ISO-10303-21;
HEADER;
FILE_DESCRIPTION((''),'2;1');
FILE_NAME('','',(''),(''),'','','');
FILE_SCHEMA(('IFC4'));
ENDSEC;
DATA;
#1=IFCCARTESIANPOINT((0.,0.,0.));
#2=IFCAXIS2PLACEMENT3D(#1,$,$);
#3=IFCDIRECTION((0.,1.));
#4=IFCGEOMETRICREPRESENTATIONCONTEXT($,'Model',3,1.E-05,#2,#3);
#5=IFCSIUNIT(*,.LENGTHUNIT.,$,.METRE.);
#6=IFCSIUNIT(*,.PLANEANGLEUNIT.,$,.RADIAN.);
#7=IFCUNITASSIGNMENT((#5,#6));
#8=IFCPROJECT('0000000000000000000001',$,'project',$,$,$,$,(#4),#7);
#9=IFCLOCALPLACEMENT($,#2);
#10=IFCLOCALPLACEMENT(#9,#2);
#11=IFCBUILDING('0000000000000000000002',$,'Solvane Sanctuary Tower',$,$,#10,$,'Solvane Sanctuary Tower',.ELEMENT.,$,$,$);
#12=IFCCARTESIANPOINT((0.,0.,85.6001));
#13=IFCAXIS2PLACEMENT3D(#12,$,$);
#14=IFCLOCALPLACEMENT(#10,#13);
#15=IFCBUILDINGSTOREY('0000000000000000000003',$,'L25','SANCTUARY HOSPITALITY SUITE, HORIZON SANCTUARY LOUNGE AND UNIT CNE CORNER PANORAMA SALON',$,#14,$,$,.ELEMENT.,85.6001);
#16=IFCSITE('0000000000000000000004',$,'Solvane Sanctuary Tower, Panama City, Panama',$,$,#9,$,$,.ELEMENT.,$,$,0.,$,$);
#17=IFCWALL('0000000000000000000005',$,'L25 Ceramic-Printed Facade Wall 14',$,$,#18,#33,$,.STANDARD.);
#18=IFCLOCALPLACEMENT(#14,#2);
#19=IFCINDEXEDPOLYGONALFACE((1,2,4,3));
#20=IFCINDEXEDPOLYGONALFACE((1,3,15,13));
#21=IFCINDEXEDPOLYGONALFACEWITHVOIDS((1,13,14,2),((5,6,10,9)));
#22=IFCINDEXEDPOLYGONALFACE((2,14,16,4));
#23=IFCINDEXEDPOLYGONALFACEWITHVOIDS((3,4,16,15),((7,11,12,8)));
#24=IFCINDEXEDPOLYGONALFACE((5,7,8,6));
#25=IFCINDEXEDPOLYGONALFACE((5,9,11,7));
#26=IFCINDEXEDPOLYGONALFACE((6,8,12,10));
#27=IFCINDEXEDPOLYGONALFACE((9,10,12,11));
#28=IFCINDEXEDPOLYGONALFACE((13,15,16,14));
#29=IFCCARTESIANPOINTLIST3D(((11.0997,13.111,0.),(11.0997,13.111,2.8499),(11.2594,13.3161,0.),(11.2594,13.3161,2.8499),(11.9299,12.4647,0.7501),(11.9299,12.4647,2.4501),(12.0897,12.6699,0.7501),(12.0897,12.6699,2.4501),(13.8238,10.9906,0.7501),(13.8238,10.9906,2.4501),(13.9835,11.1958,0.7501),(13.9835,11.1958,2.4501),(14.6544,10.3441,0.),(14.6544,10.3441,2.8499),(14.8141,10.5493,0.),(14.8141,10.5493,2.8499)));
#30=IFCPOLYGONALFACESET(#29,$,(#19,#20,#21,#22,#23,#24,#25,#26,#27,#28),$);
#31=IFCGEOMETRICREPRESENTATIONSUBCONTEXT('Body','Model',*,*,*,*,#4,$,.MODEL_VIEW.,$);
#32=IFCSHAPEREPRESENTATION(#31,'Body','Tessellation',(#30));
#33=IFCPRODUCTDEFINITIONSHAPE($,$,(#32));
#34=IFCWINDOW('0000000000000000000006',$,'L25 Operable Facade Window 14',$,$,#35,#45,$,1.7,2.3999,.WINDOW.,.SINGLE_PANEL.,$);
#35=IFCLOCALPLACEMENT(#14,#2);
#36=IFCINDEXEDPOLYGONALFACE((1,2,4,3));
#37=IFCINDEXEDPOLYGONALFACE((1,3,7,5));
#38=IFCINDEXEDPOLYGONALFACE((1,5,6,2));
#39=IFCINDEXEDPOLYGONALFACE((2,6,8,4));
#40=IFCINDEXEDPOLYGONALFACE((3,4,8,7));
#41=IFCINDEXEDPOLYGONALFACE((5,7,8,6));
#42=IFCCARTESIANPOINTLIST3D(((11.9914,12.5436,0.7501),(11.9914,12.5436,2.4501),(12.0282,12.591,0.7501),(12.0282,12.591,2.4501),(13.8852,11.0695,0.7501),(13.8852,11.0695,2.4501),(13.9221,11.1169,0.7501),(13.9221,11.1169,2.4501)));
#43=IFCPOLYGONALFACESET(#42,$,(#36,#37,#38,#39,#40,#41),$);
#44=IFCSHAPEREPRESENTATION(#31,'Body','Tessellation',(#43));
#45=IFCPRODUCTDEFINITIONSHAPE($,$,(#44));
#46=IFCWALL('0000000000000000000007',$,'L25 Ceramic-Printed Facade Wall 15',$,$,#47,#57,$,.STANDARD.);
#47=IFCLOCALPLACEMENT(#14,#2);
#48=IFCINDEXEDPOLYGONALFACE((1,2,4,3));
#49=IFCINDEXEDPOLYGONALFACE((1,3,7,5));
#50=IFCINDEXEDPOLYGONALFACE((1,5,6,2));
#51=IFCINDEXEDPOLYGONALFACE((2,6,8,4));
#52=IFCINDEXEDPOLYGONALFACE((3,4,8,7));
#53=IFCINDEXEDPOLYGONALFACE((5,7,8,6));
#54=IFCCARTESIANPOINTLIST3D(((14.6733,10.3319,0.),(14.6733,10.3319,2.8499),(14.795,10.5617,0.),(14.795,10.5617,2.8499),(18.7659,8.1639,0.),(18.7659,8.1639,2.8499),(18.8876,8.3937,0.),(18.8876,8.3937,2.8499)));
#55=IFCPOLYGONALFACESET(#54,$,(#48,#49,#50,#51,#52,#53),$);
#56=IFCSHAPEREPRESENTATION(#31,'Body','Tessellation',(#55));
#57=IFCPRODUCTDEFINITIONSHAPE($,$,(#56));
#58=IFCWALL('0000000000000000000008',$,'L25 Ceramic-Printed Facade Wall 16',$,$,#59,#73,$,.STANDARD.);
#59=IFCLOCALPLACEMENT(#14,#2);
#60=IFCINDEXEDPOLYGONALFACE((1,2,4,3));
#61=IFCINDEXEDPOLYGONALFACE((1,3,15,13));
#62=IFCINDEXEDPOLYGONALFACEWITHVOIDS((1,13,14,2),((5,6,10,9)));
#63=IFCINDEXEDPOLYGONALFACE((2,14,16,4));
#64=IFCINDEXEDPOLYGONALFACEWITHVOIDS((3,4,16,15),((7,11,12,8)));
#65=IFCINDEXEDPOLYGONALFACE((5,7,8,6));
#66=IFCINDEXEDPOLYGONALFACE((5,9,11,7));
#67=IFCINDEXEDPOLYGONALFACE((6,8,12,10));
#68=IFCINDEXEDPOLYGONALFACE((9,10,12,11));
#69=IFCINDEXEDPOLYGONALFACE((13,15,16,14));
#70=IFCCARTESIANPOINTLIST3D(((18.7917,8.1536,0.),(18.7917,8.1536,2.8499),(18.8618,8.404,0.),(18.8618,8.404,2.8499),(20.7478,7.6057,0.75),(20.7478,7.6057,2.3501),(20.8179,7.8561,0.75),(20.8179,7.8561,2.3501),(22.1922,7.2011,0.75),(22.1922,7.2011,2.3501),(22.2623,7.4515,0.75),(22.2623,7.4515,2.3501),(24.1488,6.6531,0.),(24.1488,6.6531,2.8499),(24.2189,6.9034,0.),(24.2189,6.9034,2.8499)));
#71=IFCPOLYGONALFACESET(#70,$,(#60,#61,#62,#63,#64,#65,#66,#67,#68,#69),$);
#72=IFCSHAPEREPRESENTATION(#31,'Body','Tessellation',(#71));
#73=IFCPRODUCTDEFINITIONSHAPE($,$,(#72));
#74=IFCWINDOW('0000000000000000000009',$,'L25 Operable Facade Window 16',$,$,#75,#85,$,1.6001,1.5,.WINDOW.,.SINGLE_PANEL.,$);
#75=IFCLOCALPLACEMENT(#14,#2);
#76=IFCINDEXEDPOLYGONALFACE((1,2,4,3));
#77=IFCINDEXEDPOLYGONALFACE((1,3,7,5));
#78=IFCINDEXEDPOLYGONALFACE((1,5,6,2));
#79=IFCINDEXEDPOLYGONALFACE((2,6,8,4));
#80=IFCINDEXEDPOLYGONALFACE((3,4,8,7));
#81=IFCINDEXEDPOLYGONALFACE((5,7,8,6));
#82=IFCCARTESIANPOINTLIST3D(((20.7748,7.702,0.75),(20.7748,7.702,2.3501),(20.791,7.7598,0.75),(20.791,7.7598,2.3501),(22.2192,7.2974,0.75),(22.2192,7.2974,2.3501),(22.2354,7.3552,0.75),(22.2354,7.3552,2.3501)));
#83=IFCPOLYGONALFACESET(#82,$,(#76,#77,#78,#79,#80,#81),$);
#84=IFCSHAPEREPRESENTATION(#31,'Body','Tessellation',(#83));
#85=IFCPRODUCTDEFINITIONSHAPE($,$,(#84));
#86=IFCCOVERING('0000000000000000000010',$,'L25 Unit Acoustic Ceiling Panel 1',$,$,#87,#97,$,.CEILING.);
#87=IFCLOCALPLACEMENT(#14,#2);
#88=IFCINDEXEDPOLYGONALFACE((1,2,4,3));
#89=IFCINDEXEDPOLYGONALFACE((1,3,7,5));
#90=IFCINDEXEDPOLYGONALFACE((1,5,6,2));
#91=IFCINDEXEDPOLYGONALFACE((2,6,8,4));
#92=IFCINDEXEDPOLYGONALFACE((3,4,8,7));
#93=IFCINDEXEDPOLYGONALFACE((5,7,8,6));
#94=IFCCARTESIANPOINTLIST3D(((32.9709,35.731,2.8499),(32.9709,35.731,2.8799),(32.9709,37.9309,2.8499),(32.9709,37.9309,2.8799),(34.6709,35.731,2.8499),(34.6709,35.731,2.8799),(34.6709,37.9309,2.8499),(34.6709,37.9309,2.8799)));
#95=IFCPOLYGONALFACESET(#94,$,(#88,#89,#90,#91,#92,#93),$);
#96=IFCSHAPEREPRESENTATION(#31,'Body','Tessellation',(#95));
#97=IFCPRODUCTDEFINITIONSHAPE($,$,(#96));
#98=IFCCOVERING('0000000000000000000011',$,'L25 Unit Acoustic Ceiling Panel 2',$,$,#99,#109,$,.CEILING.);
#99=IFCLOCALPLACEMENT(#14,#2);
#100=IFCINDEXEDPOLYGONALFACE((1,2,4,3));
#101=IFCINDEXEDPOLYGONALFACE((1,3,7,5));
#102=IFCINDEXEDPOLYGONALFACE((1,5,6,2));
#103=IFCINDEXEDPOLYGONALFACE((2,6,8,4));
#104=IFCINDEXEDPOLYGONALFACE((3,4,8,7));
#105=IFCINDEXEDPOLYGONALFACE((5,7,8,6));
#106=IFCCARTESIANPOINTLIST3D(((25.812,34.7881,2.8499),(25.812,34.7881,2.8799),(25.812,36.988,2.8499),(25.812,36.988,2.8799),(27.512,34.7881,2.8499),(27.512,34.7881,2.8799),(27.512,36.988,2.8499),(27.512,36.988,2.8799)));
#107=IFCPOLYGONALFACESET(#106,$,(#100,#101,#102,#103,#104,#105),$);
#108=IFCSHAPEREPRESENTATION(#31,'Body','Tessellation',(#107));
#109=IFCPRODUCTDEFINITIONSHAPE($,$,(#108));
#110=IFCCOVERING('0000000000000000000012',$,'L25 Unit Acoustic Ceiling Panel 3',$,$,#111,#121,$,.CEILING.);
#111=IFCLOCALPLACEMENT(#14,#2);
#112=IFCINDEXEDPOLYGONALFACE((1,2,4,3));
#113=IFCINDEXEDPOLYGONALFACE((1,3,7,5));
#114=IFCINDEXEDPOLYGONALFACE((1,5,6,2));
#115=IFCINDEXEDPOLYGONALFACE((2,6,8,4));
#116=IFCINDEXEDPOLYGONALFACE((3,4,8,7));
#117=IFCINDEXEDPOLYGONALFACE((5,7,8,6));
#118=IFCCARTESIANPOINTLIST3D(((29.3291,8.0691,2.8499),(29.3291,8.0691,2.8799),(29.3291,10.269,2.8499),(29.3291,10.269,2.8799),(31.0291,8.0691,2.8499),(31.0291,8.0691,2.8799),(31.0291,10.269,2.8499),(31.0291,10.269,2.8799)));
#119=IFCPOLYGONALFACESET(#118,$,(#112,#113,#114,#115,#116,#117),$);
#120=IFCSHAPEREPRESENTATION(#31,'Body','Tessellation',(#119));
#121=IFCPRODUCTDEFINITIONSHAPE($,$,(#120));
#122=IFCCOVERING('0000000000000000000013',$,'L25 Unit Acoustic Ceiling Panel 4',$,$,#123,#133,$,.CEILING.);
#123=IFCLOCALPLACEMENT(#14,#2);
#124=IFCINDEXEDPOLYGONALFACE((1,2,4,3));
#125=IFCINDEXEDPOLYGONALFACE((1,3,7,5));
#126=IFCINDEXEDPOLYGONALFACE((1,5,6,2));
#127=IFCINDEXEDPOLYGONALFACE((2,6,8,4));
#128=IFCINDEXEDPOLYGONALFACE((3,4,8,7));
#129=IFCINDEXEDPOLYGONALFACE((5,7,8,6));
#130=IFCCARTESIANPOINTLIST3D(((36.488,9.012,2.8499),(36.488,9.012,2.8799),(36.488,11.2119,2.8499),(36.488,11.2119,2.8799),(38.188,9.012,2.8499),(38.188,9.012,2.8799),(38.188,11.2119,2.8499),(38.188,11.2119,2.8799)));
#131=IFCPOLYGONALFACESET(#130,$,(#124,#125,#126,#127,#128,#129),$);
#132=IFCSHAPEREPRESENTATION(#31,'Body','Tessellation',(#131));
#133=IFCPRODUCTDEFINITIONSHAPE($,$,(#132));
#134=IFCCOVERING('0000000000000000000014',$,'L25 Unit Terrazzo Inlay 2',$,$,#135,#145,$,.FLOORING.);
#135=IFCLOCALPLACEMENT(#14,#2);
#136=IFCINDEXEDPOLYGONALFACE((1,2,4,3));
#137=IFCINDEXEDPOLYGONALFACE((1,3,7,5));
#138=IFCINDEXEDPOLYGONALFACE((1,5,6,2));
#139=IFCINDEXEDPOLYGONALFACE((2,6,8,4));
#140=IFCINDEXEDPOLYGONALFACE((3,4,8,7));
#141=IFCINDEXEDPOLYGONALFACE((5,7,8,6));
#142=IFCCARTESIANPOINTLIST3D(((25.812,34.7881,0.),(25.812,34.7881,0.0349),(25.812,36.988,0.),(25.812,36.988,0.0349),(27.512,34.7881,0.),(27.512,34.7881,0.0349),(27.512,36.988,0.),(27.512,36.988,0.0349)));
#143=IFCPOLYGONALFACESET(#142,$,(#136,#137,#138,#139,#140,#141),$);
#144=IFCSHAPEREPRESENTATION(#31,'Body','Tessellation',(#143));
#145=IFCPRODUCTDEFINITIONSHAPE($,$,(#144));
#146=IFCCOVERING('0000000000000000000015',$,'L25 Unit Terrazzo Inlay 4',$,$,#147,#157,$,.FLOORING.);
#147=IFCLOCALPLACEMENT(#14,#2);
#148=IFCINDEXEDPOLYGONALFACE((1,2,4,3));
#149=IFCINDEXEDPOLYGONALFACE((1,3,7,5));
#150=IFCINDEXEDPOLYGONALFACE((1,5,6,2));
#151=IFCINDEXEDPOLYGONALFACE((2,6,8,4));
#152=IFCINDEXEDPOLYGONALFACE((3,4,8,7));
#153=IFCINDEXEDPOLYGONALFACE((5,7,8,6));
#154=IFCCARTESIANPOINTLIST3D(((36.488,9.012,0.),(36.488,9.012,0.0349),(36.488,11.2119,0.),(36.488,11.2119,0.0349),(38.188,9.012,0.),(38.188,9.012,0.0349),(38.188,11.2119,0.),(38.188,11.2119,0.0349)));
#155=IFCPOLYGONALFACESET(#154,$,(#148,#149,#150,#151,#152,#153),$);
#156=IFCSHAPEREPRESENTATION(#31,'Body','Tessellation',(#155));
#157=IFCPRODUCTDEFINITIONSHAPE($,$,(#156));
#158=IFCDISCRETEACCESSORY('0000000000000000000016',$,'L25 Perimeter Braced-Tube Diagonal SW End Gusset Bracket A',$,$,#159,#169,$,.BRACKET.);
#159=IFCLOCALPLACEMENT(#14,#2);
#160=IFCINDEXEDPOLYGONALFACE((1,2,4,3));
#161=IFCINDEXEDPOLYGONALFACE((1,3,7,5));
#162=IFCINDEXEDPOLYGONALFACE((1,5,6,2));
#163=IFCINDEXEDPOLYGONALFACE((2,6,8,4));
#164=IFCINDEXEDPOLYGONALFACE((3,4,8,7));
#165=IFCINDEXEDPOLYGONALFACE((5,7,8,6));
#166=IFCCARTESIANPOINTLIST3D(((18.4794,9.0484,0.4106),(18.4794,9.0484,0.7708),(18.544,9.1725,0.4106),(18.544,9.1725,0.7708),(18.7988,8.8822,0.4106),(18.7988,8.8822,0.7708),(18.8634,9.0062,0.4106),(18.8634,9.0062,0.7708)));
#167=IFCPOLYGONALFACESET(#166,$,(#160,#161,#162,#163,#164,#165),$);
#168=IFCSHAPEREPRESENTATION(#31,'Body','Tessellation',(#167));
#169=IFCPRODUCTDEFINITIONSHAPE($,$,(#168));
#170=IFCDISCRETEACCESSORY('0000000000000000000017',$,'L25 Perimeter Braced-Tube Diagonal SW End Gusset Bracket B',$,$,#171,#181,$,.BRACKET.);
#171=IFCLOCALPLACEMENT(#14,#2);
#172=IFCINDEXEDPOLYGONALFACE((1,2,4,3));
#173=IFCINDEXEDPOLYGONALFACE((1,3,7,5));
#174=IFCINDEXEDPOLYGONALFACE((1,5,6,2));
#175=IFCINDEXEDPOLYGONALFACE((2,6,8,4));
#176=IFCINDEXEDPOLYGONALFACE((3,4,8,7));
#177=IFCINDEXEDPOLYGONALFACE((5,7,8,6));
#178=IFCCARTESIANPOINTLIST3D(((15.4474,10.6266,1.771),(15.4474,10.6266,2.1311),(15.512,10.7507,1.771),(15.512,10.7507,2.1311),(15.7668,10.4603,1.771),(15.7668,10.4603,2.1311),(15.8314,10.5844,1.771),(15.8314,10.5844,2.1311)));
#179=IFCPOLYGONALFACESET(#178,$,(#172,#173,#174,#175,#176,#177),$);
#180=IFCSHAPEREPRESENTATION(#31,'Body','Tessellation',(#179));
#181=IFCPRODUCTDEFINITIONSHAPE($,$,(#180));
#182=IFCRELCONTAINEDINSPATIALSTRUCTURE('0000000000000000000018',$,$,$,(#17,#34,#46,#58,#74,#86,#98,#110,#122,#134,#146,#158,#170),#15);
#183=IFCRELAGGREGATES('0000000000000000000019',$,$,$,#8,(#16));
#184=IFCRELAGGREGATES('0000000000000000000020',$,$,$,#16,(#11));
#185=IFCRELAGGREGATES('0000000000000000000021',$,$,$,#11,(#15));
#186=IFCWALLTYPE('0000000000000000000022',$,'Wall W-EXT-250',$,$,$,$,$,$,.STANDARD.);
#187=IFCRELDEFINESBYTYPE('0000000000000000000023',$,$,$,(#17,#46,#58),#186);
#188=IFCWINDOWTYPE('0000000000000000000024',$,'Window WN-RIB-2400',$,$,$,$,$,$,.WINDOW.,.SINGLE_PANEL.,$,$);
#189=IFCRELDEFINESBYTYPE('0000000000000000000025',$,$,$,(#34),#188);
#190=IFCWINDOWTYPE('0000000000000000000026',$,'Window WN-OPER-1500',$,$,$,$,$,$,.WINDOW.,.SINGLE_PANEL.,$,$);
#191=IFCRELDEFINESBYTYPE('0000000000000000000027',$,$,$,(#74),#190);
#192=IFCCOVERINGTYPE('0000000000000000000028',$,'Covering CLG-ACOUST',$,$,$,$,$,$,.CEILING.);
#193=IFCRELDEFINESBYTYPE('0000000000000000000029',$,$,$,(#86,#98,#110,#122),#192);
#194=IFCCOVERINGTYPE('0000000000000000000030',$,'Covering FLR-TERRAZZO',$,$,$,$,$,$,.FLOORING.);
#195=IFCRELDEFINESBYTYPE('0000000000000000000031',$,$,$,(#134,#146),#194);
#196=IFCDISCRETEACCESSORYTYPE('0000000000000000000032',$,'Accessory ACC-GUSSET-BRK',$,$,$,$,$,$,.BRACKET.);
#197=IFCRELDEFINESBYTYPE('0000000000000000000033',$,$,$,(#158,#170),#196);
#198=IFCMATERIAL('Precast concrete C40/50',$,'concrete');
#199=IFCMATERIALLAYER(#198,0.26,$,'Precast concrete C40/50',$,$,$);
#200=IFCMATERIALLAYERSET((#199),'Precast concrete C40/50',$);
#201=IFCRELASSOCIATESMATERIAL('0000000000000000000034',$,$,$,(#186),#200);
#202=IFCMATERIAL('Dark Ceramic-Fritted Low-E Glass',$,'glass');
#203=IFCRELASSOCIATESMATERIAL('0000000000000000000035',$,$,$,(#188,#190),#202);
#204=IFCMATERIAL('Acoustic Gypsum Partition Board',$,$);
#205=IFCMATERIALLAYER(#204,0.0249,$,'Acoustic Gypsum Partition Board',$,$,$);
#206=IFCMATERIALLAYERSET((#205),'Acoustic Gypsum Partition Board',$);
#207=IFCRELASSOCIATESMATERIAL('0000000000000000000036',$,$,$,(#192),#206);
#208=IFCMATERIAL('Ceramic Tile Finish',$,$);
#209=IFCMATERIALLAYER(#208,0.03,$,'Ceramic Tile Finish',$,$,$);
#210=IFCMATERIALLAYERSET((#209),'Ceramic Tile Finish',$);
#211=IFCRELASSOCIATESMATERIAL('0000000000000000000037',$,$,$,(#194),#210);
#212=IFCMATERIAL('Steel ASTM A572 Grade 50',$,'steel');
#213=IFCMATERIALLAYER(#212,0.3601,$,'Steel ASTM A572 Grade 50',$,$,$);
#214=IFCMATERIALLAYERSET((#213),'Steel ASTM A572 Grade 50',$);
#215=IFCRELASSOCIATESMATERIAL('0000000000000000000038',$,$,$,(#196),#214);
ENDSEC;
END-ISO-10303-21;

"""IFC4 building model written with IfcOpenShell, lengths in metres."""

from ifc_helpers import new_model, si_unit, direction, frame, frame_2d, origin, origin_2d, place, context, subcontext, project, spatial, polyline, rectangle, outline, extrude, material, layer, layer_set, type_object, element, fill, save


model = new_model("IFC4")

# Units and contexts
model_context = context("Model", 3, precision=1e-05, world=origin(), true_north=direction((0.0, 1.0)))
body_context = subcontext(model_context, "Body", "Model", "MODEL_VIEW")
ifc_project = project(units=[si_unit("LENGTHUNIT", "METRE"), si_unit("PLANEANGLEUNIT", "RADIAN")], contexts=[model_context])

# Site, building, storey
site_placement = place(None, origin())
site = spatial("IfcSite", under=ifc_project, at=site_placement, Name="Solvane Sanctuary Tower, Panama City, Panama", CompositionType="ELEMENT", RefElevation=0.0)
building_placement = place(site_placement, origin())
building = spatial("IfcBuilding", under=site, at=building_placement, Name="Solvane Sanctuary Tower", LongName="Solvane Sanctuary Tower", CompositionType="ELEMENT")
storey_placement = place(building_placement, frame((0.0, 0.0, 85.6001)))
storey = spatial("IfcBuildingStorey", under=building, at=storey_placement, Name="L25", Description="SANCTUARY HOSPITALITY SUITE, HORIZON SANCTUARY LOUNGE AND UNIT CNE CORNER PANORAMA SALON", CompositionType="ELEMENT", Elevation=85.6001)

# Wall, opening, window
ifc_material_1 = material(Name="Precast concrete C40/50", Category="concrete")
ifc_layer_1 = layer(ifc_material_1, 0.26, Name="Precast concrete C40/50")
ifc_layer_set_1 = layer_set([ifc_layer_1], Name="Precast concrete C40/50")
wall_type = type_object("IfcWallType", Name="Wall W-EXT-250", PredefinedType="STANDARD", material=ifc_layer_set_1)
wall_1_placement = place(storey_placement, frame((11.1794, 13.2136, 0.0), z_axis=(0.0, 0.0, 1.0), x_axis=(0.789127, -0.614229, 0.0)))
wall_1 = element("IfcWall", 1, at=wall_1_placement, inside=storey, type_object=wall_type, Name="L25 Ceramic-Printed Facade Wall 14", PredefinedType="STANDARD", context=body_context, shape_type="SweptSolid", body=[
    extrude(rectangle(XDim=4.5046, YDim=0.26, at=frame_2d((2.2524, 0.0))), origin(), (0.0, 0.0, 1.0), 2.8499),
])
opening_1_placement = place(wall_1_placement, frame((1.0522, 0.0, 0.75)))
opening_1 = element("IfcOpeningElement", 2, at=opening_1_placement, cuts=wall_1, PredefinedType="OPENING", context=body_context, shape_type="SweptSolid", body=[
    extrude(rectangle(XDim=2.3999, YDim=1.7, at=frame_2d((1.2, 0.8501))), frame((0.0, 0.1399, 0.0), z_axis=(0.0, -1.0, 0.0), x_axis=(1.0, 0.0, 0.0)), (0.0, 0.0, 1.0), 0.28),
])
ifc_material_2 = material(Name="Dark Ceramic-Fritted Low-E Glass", Category="glass")
window_type_1 = type_object("IfcWindowType", Name="Window WN-RIB-2400", PartitioningType="SINGLE_PANEL", PredefinedType="WINDOW", material=ifc_material_2)
window_1_placement = place(opening_1_placement, origin())
window_1 = element("IfcWindow", 3, at=window_1_placement, inside=storey, type_object=window_type_1, Name="L25 Operable Facade Window 14", OverallHeight=1.7, OverallWidth=2.3999, PartitioningType="SINGLE_PANEL", PredefinedType="WINDOW", context=body_context, shape_type="SweptSolid", body=[
    extrude(rectangle(XDim=2.3999, YDim=1.7, at=frame_2d((1.2, 0.8501))), frame((0.0, 0.03, 0.0), z_axis=(0.0, -1.0, 0.0), x_axis=(1.0, 0.0, 0.0)), (0.0, 0.0, 1.0), 0.0601),
])
fill(opening_1, window_1)

# Wall
wall_2_placement = place(storey_placement, frame((14.7341, 10.4468, 0.0), z_axis=(0.0, 0.0, 1.0), x_axis=(0.883669, -0.468113, 0.0)))
element("IfcWall", 4, at=wall_2_placement, inside=storey, type_object=wall_type, Name="L25 Ceramic-Printed Facade Wall 15", PredefinedType="STANDARD", context=body_context, shape_type="SweptSolid", body=[
    extrude(rectangle(XDim=4.6313, YDim=0.26, at=frame_2d((2.3157, 0.0))), origin(), (0.0, 0.0, 1.0), 2.8499),
])

# Wall, opening, window
wall_3_placement = place(storey_placement, frame((18.8267, 8.2788, 0.0), z_axis=(0.0, 0.0, 1.0), x_axis=(0.962938, -0.269721, 0.0)))
wall_3 = element("IfcWall", 5, at=wall_3_placement, inside=storey, type_object=wall_type, Name="L25 Ceramic-Printed Facade Wall 16", PredefinedType="STANDARD", context=body_context, shape_type="SweptSolid", body=[
    extrude(rectangle(XDim=5.5632, YDim=0.26, at=frame_2d((2.7817, 0.0))), origin(), (0.0, 0.0, 1.0), 2.8499),
])
opening_2_placement = place(wall_3_placement, frame((2.0315, 0.0, 0.75)))
opening_2 = element("IfcOpeningElement", 6, at=opening_2_placement, cuts=wall_3, PredefinedType="OPENING", context=body_context, shape_type="SweptSolid", body=[
    extrude(rectangle(XDim=1.5, YDim=1.6001, at=frame_2d((0.75, 0.8))), frame((0.0, 0.1399, 0.0), z_axis=(0.0, -1.0, 0.0), x_axis=(1.0, 0.0, 0.0)), (0.0, 0.0, 1.0), 0.28),
])
window_type_2 = type_object("IfcWindowType", Name="Window WN-OPER-1500", PartitioningType="SINGLE_PANEL", PredefinedType="WINDOW", material=ifc_material_2)
window_2_placement = place(opening_2_placement, origin())
window_2 = element("IfcWindow", 7, at=window_2_placement, inside=storey, type_object=window_type_2, Name="L25 Operable Facade Window 16", OverallHeight=1.6001, OverallWidth=1.5, PartitioningType="SINGLE_PANEL", PredefinedType="WINDOW", context=body_context, shape_type="SweptSolid", body=[
    extrude(rectangle(XDim=1.5, YDim=1.6001, at=frame_2d((0.75, 0.8))), frame((0.0, 0.03, 0.0), z_axis=(0.0, -1.0, 0.0), x_axis=(1.0, 0.0, 0.0)), (0.0, 0.0, 1.0), 0.0601),
])
fill(opening_2, window_2)

# Coverings
ifc_material_3 = material(Name="Acoustic Gypsum Partition Board")
ifc_layer_2 = layer(ifc_material_3, 0.0249, Name="Acoustic Gypsum Partition Board")
ifc_layer_set_2 = layer_set([ifc_layer_2], Name="Acoustic Gypsum Partition Board")
covering_type_1 = type_object("IfcCoveringType", Name="Covering CLG-ACOUST", PredefinedType="CEILING", material=ifc_layer_set_2)
covering_1_placement = place(storey_placement, frame((0.0, 0.0, 2.8499)))
element("IfcCovering", 8, at=covering_1_placement, inside=storey, type_object=covering_type_1, Name="L25 Unit Acoustic Ceiling Panel 1", PredefinedType="CEILING", context=body_context, shape_type="SweptSolid", body=[
    extrude(outline(polyline([(32.9709, 35.731), (34.6709, 35.731), (34.6709, 37.9309), (32.9709, 37.9309), (32.9709, 35.731)])), origin(), (0.0, 0.0, 1.0), 0.03),
])
covering_2_placement = place(storey_placement, frame((0.0, 0.0, 2.8499)))
element("IfcCovering", 9, at=covering_2_placement, inside=storey, type_object=covering_type_1, Name="L25 Unit Acoustic Ceiling Panel 2", PredefinedType="CEILING", context=body_context, shape_type="SweptSolid", body=[
    extrude(outline(polyline([(25.812, 34.7881), (27.512, 34.7881), (27.512, 36.988), (25.812, 36.988), (25.812, 34.7881)])), origin(), (0.0, 0.0, 1.0), 0.03),
])
covering_3_placement = place(storey_placement, frame((0.0, 0.0, 2.8499)))
element("IfcCovering", 10, at=covering_3_placement, inside=storey, type_object=covering_type_1, Name="L25 Unit Acoustic Ceiling Panel 3", PredefinedType="CEILING", context=body_context, shape_type="SweptSolid", body=[
    extrude(outline(polyline([(29.3291, 8.0691), (31.0291, 8.0691), (31.0291, 10.269), (29.3291, 10.269), (29.3291, 8.0691)])), origin(), (0.0, 0.0, 1.0), 0.03),
])
covering_4_placement = place(storey_placement, frame((0.0, 0.0, 2.8499)))
element("IfcCovering", 11, at=covering_4_placement, inside=storey, type_object=covering_type_1, Name="L25 Unit Acoustic Ceiling Panel 4", PredefinedType="CEILING", context=body_context, shape_type="SweptSolid", body=[
    extrude(outline(polyline([(36.488, 9.012), (38.188, 9.012), (38.188, 11.2119), (36.488, 11.2119), (36.488, 9.012)])), origin(), (0.0, 0.0, 1.0), 0.03),
])
ifc_material_4 = material(Name="Ceramic Tile Finish")
ifc_layer_3 = layer(ifc_material_4, 0.03, Name="Ceramic Tile Finish")
ifc_layer_set_3 = layer_set([ifc_layer_3], Name="Ceramic Tile Finish")
covering_type_2 = type_object("IfcCoveringType", Name="Covering FLR-TERRAZZO", PredefinedType="FLOORING", material=ifc_layer_set_3)
covering_5_placement = place(storey_placement, origin())
element("IfcCovering", 12, at=covering_5_placement, inside=storey, type_object=covering_type_2, Name="L25 Unit Terrazzo Inlay 2", PredefinedType="FLOORING", context=body_context, shape_type="SweptSolid", body=[
    extrude(outline(polyline([(25.812, 34.7881), (27.512, 34.7881), (27.512, 36.988), (25.812, 36.988), (25.812, 34.7881)])), origin(), (0.0, 0.0, 1.0), 0.0349),
])
covering_6_placement = place(storey_placement, origin())
element("IfcCovering", 13, at=covering_6_placement, inside=storey, type_object=covering_type_2, Name="L25 Unit Terrazzo Inlay 4", PredefinedType="FLOORING", context=body_context, shape_type="SweptSolid", body=[
    extrude(outline(polyline([(36.488, 9.012), (38.188, 9.012), (38.188, 11.2119), (36.488, 11.2119), (36.488, 9.012)])), origin(), (0.0, 0.0, 1.0), 0.0349),
])

# Discrete accessories
ifc_material_5 = material(Name="Steel ASTM A572 Grade 50", Category="steel")
ifc_layer_4 = layer(ifc_material_5, 0.3601, Name="Steel ASTM A572 Grade 50")
ifc_layer_set_4 = layer_set([ifc_layer_4], Name="Steel ASTM A572 Grade 50")
discrete_accessory_type = type_object("IfcDiscreteAccessoryType", Name="Accessory ACC-GUSSET-BRK", PredefinedType="BRACKET", material=ifc_layer_set_4)
for number, where, z_axis, x_axis, name in (
    (14, (18.6714, 9.0273, 0.4106), (0.0, 0.0, 1.0), (-0.887011, 0.461749, 0.0), "L25 Perimeter Braced-Tube Diagonal SW End Gusset Bracket A"),
    (15, (15.6394, 10.6055, 1.771), (0.0, 0.0, 1.0), (-0.887011, 0.461749, 0.0), "L25 Perimeter Braced-Tube Diagonal SW End Gusset Bracket B"),
):
    element("IfcDiscreteAccessory", number, at=place(storey_placement, frame(where, z_axis=z_axis, x_axis=x_axis)), inside=storey, type_object=discrete_accessory_type, Name=name, PredefinedType="BRACKET", context=body_context, shape_type="SweptSolid", body=[
        extrude(rectangle(XDim=0.3601, YDim=0.1399, at=origin_2d()), origin(), (0.0, 0.0, 1.0), 0.3601),
    ])

save(model, "model.ifc")
